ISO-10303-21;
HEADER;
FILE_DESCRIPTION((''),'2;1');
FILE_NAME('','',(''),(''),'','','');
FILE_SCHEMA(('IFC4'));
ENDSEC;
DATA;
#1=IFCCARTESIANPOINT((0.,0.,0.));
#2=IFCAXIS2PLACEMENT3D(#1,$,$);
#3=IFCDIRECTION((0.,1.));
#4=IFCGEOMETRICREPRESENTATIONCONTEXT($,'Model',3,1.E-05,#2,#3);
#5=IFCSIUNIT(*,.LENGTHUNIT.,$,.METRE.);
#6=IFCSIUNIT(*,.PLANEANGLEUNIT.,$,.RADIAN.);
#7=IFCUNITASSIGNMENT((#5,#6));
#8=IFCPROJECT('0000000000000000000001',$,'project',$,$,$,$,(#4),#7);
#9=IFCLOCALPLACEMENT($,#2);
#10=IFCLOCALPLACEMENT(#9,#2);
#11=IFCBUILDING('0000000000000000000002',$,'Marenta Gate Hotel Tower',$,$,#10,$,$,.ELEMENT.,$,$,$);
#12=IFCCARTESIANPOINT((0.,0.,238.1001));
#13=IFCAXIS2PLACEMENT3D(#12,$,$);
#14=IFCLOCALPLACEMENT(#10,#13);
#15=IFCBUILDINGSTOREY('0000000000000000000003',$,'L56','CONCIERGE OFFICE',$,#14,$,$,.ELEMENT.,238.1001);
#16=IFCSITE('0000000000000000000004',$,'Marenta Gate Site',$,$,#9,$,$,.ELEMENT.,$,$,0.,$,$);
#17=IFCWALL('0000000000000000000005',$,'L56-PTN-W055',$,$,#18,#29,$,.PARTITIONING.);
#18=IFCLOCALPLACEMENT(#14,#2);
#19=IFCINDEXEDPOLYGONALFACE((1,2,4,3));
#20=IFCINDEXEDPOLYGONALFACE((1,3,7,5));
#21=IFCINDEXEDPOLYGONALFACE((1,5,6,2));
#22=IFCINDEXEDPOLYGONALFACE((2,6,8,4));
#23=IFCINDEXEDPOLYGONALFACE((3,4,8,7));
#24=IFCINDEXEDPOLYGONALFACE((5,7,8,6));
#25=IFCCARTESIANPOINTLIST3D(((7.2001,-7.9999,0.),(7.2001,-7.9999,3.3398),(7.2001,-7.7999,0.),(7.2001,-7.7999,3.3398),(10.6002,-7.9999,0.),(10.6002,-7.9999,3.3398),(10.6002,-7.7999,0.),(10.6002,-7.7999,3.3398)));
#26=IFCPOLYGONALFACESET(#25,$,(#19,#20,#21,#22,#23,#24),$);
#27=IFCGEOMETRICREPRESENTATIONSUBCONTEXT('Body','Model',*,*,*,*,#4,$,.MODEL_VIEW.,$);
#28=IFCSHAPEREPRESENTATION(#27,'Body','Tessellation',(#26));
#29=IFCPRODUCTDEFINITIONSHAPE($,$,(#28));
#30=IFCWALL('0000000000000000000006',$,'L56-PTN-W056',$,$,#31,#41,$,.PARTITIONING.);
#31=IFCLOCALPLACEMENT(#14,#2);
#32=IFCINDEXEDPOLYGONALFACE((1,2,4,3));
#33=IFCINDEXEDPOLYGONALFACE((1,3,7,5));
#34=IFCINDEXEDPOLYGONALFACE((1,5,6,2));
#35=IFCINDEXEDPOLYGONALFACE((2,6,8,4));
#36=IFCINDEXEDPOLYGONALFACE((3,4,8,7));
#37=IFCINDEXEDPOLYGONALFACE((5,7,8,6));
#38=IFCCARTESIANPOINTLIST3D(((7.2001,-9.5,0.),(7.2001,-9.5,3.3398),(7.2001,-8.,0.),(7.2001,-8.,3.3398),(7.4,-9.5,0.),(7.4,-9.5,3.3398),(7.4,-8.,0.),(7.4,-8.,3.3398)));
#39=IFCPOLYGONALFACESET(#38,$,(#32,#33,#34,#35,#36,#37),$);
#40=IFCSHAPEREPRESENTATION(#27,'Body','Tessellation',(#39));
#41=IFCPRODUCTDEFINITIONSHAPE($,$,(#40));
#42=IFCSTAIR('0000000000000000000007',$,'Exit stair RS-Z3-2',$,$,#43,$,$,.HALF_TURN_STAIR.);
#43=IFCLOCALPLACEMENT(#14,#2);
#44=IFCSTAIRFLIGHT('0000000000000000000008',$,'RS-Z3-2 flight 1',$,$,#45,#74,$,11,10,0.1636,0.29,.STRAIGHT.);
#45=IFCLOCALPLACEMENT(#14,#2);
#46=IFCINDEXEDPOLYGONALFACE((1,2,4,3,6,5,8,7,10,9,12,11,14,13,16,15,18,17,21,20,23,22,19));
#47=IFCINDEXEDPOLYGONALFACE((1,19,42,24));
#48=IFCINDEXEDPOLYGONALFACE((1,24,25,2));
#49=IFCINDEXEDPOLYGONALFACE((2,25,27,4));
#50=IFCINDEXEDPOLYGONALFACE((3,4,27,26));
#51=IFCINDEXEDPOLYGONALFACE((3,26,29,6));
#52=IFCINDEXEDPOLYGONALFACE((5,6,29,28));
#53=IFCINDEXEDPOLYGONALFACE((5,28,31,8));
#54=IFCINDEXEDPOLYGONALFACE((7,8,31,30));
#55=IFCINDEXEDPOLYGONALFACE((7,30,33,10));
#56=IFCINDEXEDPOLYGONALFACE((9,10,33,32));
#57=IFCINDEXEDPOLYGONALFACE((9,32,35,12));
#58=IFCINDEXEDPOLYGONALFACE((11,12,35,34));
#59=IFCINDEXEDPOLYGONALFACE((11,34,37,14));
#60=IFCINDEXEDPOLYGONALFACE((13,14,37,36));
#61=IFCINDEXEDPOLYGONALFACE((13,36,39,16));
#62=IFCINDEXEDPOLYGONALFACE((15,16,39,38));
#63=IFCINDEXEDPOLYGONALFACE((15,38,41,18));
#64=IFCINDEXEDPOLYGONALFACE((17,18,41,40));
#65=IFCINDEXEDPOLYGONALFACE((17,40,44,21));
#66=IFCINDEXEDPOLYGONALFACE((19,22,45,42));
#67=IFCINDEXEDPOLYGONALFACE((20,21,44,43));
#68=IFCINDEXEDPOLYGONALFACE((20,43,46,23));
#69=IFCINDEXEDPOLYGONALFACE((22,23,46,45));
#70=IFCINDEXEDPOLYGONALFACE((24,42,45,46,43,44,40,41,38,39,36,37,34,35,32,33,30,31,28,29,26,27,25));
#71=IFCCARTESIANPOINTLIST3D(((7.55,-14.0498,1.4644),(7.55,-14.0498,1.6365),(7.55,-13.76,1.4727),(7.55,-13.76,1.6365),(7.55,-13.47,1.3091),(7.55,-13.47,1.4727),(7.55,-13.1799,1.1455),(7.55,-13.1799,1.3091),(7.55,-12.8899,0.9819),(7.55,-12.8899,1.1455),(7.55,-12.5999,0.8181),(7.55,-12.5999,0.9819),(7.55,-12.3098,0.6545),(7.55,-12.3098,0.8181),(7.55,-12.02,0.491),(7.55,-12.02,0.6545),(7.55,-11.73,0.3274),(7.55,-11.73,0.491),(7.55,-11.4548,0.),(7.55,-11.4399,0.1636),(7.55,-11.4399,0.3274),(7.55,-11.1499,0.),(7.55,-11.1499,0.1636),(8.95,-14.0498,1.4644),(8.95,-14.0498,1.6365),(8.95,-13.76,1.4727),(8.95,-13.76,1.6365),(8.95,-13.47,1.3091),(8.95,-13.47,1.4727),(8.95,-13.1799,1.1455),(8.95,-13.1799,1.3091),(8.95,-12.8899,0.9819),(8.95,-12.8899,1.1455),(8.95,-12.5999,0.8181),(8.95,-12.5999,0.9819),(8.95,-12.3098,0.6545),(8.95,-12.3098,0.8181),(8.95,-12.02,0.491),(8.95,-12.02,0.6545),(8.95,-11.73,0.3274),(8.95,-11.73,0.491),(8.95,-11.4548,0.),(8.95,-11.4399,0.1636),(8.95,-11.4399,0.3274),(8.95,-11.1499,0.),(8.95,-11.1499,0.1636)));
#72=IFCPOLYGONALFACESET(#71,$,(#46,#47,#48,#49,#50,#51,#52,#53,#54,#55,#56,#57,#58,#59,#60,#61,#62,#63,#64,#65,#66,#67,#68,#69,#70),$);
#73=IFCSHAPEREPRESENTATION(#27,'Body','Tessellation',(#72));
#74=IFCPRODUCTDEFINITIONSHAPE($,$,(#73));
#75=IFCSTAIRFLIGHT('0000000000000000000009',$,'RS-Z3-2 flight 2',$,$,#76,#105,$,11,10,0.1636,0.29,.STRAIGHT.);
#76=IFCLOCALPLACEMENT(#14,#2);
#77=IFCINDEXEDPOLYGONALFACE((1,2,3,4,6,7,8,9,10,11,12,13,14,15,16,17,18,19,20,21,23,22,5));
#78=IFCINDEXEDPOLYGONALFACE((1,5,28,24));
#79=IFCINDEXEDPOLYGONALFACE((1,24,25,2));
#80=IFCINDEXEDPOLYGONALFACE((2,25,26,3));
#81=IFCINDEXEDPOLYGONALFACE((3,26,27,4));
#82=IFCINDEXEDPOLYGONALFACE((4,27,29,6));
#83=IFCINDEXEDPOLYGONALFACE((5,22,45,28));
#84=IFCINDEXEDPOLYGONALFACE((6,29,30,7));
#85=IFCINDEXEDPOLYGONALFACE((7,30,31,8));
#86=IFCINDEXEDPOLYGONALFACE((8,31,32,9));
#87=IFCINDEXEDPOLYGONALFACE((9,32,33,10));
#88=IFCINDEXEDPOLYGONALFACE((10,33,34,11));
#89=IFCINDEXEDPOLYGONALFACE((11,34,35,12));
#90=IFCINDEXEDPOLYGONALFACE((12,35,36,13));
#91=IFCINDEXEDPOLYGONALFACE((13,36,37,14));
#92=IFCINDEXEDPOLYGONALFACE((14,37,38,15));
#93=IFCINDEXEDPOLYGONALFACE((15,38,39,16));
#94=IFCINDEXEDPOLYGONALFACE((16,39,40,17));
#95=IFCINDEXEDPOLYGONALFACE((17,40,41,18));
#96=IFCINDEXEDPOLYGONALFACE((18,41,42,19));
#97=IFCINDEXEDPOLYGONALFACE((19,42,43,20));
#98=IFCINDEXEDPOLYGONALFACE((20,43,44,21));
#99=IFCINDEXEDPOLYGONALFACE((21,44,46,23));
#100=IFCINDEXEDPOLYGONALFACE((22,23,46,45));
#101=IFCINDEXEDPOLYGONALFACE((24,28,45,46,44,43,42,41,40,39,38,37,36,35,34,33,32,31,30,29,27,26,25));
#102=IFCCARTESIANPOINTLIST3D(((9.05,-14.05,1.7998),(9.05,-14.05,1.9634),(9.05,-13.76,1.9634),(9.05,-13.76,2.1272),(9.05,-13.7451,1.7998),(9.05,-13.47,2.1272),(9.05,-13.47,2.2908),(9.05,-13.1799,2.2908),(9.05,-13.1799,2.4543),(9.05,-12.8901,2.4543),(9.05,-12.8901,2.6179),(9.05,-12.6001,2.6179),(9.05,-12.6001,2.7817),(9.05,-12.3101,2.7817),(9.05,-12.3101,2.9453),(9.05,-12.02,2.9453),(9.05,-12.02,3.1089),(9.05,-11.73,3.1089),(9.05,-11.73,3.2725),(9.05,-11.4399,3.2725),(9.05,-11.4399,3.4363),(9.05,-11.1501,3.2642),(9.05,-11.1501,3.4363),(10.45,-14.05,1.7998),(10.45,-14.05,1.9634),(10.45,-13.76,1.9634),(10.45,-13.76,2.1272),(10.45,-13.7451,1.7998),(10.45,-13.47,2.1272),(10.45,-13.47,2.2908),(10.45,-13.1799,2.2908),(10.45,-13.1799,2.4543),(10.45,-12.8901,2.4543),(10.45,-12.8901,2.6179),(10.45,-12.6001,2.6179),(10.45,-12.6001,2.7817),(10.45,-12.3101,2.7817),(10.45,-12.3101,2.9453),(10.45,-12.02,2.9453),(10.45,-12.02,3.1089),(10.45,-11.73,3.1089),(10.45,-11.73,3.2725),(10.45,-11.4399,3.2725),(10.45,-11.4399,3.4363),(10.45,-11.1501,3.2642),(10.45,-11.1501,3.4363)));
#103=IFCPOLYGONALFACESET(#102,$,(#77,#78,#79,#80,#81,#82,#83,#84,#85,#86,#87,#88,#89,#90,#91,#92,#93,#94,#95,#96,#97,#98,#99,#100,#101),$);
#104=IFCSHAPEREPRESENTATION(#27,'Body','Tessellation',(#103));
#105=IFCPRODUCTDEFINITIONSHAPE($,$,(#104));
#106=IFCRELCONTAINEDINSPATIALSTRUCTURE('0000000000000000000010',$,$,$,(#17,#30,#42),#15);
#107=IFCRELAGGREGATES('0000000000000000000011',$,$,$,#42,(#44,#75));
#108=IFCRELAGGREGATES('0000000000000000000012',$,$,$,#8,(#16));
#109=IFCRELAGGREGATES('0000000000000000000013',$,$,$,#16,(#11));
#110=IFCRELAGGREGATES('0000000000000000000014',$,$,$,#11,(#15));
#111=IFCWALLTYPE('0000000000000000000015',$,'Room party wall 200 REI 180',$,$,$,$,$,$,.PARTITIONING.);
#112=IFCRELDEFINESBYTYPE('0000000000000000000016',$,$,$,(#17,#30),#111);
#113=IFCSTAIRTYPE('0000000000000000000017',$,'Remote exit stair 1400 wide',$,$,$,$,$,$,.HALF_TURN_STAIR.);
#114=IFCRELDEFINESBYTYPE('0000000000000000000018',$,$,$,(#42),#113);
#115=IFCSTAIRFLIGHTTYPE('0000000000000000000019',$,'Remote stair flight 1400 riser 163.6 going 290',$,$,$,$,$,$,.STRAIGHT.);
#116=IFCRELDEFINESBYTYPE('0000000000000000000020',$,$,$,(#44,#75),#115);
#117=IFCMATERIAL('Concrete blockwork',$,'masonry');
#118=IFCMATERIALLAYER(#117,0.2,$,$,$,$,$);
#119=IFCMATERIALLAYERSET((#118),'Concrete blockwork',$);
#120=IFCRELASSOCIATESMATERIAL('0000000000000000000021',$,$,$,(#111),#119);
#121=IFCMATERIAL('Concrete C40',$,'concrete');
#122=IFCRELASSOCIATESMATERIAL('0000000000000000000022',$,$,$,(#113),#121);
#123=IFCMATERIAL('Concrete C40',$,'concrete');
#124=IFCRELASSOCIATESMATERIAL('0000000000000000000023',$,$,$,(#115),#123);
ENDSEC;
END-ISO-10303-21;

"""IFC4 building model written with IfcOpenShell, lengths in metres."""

from ifc_helpers import new_model, si_unit, direction, frame, frame_2d, origin, place, context, subcontext, project, spatial, polyline, rectangle, outline, extrude, material, layer, layer_set, type_object, element, aggregate, save


model = new_model("IFC4")

# Units and contexts
model_context = context("Model", 3, precision=1e-05, world=origin(), true_north=direction((0.0, 1.0)))
body_context = subcontext(model_context, "Body", "Model", "MODEL_VIEW")
ifc_project = project(units=[si_unit("LENGTHUNIT", "METRE"), si_unit("PLANEANGLEUNIT", "RADIAN")], contexts=[model_context])

# Site, building, storey
site_placement = place(None, origin())
site = spatial("IfcSite", under=ifc_project, at=site_placement, Name="Marenta Gate Site", CompositionType="ELEMENT", RefElevation=0.0)
building_placement = place(site_placement, origin())
building = spatial("IfcBuilding", under=site, at=building_placement, Name="Marenta Gate Hotel Tower", CompositionType="ELEMENT")
storey_placement = place(building_placement, frame((0.0, 0.0, 238.1001)))
storey = spatial("IfcBuildingStorey", under=building, at=storey_placement, Name="L56", Description="CONCIERGE OFFICE", CompositionType="ELEMENT", Elevation=238.1001)

# Walls
ifc_material_1 = material(Name="Concrete blockwork", Category="masonry")
ifc_layer_1 = layer(ifc_material_1, 0.2)
ifc_layer_set_1 = layer_set([ifc_layer_1], Name="Concrete blockwork")
wall_type_1 = type_object("IfcWallType", Name="Room party wall 200 REI 180", PredefinedType="PARTITIONING", material=ifc_layer_set_1)
wall_1_placement = place(storey_placement, frame((7.2, -7.8999, 0.0), z_axis=(0.0, 0.0, 1.0), x_axis=(1.0, 0.0, 0.0)))
element("IfcWall", 1, at=wall_1_placement, inside=storey, type_object=wall_type_1, Name="L56-PTN-W055", PredefinedType="PARTITIONING", context=body_context, shape_type="SweptSolid", body=[
    extrude(rectangle(XDim=3.4001, YDim=0.2, at=frame_2d((1.7002, 0.0))), origin(), (0.0, 0.0, 1.0), 3.3398),
])
wall_2_placement = place(storey_placement, frame((7.3, -9.5, 0.0), z_axis=(0.0, 0.0, 1.0), x_axis=(0.0, 1.0, 0.0)))
element("IfcWall", 2, at=wall_2_placement, inside=storey, type_object=wall_type_1, Name="L56-PTN-W056", PredefinedType="PARTITIONING", context=body_context, shape_type="SweptSolid", body=[
    extrude(rectangle(XDim=1.5, YDim=0.2, at=frame_2d((0.75, 0.0))), origin(), (0.0, 0.0, 1.0), 3.3398),
])

# Stair, stair flights
ifc_material_2 = material(Name="Concrete C40", Category="concrete")
stair_type = type_object("IfcStairType", Name="Remote exit stair 1400 wide", PredefinedType="HALF_TURN_STAIR", material=ifc_material_2)
stair_placement = place(storey_placement, origin())
stair = element("IfcStair", 3, at=stair_placement, inside=storey, type_object=stair_type, Name="Exit stair RS-Z3-2", PredefinedType="HALF_TURN_STAIR")
ifc_material_3 = material(Name="Concrete C40", Category="concrete")
stair_flight_type = type_object("IfcStairFlightType", Name="Remote stair flight 1400 riser 163.6 going 290", PredefinedType="STRAIGHT", material=ifc_material_3)
stair_flight_1_placement = place(storey_placement, frame((8.25, -11.1499, 0.0), z_axis=(0.0, 0.0, 1.0), x_axis=(0.0, -1.0, 0.0)))
stair_flight_1 = element("IfcStairFlight", 4, at=stair_flight_1_placement, type_object=stair_flight_type, Name="RS-Z3-2 flight 1", NumberOfRisers=11, NumberOfTreads=10, PredefinedType="STRAIGHT", RiserHeight=0.1636, TreadLength=0.29, context=body_context, shape_type="SweptSolid", body=[
    extrude(outline(polyline([(0.0, 0.0), (0.0, 0.1636), (0.29, 0.1636), (0.29, 0.3274), (0.5801, 0.3274), (0.5801, 0.491), (0.8701, 0.491), (0.8701, 0.6545), (1.1599, 0.6545), (1.1599, 0.8181), (1.45, 0.8181), (1.45, 0.9819), (1.74, 0.9819), (1.74, 1.1455), (2.03, 1.1455), (2.03, 1.3091), (2.3201, 1.3091), (2.3201, 1.4727), (2.6101, 1.4727), (2.6101, 1.6365), (2.8999, 1.6365), (2.8999, 1.8), (2.8999, 1.4644), (0.3049, 0.0), (0.0, 0.0)])), frame((0.0, 0.7, 0.0), z_axis=(0.0, -1.0, 0.0), x_axis=(1.0, 0.0, 0.0)), (0.0, 0.0, 1.0), 1.3999),
])
stair_flight_2_placement = place(storey_placement, frame((9.75, -14.05, 1.7998), z_axis=(0.0, 0.0, 1.0), x_axis=(0.0, 1.0, 0.0)))
stair_flight_2 = element("IfcStairFlight", 5, at=stair_flight_2_placement, type_object=stair_flight_type, Name="RS-Z3-2 flight 2", NumberOfRisers=11, NumberOfTreads=10, PredefinedType="STRAIGHT", RiserHeight=0.1636, TreadLength=0.29, context=body_context, shape_type="SweptSolid", body=[
    extrude(outline(polyline([(0.0, 0.0), (0.0, 0.1636), (0.29, 0.1636), (0.29, 0.3274), (0.5801, 0.3274), (0.5801, 0.491), (0.8701, 0.491), (0.8701, 0.6545), (1.1599, 0.6545), (1.1599, 0.8181), (1.45, 0.8181), (1.45, 0.9819), (1.74, 0.9819), (1.74, 1.1455), (2.03, 1.1455), (2.03, 1.3091), (2.3201, 1.3091), (2.3201, 1.4727), (2.6101, 1.4727), (2.6101, 1.6365), (2.8999, 1.6365), (2.8999, 1.8), (2.8999, 1.4644), (0.3049, 0.0), (0.0, 0.0)])), frame((0.0, 0.7, 0.0), z_axis=(0.0, -1.0, 0.0), x_axis=(1.0, 0.0, 0.0)), (0.0, 0.0, 1.0), 1.3999),
])
aggregate(stair, [stair_flight_1, stair_flight_2])

save(model, "model.ifc")
